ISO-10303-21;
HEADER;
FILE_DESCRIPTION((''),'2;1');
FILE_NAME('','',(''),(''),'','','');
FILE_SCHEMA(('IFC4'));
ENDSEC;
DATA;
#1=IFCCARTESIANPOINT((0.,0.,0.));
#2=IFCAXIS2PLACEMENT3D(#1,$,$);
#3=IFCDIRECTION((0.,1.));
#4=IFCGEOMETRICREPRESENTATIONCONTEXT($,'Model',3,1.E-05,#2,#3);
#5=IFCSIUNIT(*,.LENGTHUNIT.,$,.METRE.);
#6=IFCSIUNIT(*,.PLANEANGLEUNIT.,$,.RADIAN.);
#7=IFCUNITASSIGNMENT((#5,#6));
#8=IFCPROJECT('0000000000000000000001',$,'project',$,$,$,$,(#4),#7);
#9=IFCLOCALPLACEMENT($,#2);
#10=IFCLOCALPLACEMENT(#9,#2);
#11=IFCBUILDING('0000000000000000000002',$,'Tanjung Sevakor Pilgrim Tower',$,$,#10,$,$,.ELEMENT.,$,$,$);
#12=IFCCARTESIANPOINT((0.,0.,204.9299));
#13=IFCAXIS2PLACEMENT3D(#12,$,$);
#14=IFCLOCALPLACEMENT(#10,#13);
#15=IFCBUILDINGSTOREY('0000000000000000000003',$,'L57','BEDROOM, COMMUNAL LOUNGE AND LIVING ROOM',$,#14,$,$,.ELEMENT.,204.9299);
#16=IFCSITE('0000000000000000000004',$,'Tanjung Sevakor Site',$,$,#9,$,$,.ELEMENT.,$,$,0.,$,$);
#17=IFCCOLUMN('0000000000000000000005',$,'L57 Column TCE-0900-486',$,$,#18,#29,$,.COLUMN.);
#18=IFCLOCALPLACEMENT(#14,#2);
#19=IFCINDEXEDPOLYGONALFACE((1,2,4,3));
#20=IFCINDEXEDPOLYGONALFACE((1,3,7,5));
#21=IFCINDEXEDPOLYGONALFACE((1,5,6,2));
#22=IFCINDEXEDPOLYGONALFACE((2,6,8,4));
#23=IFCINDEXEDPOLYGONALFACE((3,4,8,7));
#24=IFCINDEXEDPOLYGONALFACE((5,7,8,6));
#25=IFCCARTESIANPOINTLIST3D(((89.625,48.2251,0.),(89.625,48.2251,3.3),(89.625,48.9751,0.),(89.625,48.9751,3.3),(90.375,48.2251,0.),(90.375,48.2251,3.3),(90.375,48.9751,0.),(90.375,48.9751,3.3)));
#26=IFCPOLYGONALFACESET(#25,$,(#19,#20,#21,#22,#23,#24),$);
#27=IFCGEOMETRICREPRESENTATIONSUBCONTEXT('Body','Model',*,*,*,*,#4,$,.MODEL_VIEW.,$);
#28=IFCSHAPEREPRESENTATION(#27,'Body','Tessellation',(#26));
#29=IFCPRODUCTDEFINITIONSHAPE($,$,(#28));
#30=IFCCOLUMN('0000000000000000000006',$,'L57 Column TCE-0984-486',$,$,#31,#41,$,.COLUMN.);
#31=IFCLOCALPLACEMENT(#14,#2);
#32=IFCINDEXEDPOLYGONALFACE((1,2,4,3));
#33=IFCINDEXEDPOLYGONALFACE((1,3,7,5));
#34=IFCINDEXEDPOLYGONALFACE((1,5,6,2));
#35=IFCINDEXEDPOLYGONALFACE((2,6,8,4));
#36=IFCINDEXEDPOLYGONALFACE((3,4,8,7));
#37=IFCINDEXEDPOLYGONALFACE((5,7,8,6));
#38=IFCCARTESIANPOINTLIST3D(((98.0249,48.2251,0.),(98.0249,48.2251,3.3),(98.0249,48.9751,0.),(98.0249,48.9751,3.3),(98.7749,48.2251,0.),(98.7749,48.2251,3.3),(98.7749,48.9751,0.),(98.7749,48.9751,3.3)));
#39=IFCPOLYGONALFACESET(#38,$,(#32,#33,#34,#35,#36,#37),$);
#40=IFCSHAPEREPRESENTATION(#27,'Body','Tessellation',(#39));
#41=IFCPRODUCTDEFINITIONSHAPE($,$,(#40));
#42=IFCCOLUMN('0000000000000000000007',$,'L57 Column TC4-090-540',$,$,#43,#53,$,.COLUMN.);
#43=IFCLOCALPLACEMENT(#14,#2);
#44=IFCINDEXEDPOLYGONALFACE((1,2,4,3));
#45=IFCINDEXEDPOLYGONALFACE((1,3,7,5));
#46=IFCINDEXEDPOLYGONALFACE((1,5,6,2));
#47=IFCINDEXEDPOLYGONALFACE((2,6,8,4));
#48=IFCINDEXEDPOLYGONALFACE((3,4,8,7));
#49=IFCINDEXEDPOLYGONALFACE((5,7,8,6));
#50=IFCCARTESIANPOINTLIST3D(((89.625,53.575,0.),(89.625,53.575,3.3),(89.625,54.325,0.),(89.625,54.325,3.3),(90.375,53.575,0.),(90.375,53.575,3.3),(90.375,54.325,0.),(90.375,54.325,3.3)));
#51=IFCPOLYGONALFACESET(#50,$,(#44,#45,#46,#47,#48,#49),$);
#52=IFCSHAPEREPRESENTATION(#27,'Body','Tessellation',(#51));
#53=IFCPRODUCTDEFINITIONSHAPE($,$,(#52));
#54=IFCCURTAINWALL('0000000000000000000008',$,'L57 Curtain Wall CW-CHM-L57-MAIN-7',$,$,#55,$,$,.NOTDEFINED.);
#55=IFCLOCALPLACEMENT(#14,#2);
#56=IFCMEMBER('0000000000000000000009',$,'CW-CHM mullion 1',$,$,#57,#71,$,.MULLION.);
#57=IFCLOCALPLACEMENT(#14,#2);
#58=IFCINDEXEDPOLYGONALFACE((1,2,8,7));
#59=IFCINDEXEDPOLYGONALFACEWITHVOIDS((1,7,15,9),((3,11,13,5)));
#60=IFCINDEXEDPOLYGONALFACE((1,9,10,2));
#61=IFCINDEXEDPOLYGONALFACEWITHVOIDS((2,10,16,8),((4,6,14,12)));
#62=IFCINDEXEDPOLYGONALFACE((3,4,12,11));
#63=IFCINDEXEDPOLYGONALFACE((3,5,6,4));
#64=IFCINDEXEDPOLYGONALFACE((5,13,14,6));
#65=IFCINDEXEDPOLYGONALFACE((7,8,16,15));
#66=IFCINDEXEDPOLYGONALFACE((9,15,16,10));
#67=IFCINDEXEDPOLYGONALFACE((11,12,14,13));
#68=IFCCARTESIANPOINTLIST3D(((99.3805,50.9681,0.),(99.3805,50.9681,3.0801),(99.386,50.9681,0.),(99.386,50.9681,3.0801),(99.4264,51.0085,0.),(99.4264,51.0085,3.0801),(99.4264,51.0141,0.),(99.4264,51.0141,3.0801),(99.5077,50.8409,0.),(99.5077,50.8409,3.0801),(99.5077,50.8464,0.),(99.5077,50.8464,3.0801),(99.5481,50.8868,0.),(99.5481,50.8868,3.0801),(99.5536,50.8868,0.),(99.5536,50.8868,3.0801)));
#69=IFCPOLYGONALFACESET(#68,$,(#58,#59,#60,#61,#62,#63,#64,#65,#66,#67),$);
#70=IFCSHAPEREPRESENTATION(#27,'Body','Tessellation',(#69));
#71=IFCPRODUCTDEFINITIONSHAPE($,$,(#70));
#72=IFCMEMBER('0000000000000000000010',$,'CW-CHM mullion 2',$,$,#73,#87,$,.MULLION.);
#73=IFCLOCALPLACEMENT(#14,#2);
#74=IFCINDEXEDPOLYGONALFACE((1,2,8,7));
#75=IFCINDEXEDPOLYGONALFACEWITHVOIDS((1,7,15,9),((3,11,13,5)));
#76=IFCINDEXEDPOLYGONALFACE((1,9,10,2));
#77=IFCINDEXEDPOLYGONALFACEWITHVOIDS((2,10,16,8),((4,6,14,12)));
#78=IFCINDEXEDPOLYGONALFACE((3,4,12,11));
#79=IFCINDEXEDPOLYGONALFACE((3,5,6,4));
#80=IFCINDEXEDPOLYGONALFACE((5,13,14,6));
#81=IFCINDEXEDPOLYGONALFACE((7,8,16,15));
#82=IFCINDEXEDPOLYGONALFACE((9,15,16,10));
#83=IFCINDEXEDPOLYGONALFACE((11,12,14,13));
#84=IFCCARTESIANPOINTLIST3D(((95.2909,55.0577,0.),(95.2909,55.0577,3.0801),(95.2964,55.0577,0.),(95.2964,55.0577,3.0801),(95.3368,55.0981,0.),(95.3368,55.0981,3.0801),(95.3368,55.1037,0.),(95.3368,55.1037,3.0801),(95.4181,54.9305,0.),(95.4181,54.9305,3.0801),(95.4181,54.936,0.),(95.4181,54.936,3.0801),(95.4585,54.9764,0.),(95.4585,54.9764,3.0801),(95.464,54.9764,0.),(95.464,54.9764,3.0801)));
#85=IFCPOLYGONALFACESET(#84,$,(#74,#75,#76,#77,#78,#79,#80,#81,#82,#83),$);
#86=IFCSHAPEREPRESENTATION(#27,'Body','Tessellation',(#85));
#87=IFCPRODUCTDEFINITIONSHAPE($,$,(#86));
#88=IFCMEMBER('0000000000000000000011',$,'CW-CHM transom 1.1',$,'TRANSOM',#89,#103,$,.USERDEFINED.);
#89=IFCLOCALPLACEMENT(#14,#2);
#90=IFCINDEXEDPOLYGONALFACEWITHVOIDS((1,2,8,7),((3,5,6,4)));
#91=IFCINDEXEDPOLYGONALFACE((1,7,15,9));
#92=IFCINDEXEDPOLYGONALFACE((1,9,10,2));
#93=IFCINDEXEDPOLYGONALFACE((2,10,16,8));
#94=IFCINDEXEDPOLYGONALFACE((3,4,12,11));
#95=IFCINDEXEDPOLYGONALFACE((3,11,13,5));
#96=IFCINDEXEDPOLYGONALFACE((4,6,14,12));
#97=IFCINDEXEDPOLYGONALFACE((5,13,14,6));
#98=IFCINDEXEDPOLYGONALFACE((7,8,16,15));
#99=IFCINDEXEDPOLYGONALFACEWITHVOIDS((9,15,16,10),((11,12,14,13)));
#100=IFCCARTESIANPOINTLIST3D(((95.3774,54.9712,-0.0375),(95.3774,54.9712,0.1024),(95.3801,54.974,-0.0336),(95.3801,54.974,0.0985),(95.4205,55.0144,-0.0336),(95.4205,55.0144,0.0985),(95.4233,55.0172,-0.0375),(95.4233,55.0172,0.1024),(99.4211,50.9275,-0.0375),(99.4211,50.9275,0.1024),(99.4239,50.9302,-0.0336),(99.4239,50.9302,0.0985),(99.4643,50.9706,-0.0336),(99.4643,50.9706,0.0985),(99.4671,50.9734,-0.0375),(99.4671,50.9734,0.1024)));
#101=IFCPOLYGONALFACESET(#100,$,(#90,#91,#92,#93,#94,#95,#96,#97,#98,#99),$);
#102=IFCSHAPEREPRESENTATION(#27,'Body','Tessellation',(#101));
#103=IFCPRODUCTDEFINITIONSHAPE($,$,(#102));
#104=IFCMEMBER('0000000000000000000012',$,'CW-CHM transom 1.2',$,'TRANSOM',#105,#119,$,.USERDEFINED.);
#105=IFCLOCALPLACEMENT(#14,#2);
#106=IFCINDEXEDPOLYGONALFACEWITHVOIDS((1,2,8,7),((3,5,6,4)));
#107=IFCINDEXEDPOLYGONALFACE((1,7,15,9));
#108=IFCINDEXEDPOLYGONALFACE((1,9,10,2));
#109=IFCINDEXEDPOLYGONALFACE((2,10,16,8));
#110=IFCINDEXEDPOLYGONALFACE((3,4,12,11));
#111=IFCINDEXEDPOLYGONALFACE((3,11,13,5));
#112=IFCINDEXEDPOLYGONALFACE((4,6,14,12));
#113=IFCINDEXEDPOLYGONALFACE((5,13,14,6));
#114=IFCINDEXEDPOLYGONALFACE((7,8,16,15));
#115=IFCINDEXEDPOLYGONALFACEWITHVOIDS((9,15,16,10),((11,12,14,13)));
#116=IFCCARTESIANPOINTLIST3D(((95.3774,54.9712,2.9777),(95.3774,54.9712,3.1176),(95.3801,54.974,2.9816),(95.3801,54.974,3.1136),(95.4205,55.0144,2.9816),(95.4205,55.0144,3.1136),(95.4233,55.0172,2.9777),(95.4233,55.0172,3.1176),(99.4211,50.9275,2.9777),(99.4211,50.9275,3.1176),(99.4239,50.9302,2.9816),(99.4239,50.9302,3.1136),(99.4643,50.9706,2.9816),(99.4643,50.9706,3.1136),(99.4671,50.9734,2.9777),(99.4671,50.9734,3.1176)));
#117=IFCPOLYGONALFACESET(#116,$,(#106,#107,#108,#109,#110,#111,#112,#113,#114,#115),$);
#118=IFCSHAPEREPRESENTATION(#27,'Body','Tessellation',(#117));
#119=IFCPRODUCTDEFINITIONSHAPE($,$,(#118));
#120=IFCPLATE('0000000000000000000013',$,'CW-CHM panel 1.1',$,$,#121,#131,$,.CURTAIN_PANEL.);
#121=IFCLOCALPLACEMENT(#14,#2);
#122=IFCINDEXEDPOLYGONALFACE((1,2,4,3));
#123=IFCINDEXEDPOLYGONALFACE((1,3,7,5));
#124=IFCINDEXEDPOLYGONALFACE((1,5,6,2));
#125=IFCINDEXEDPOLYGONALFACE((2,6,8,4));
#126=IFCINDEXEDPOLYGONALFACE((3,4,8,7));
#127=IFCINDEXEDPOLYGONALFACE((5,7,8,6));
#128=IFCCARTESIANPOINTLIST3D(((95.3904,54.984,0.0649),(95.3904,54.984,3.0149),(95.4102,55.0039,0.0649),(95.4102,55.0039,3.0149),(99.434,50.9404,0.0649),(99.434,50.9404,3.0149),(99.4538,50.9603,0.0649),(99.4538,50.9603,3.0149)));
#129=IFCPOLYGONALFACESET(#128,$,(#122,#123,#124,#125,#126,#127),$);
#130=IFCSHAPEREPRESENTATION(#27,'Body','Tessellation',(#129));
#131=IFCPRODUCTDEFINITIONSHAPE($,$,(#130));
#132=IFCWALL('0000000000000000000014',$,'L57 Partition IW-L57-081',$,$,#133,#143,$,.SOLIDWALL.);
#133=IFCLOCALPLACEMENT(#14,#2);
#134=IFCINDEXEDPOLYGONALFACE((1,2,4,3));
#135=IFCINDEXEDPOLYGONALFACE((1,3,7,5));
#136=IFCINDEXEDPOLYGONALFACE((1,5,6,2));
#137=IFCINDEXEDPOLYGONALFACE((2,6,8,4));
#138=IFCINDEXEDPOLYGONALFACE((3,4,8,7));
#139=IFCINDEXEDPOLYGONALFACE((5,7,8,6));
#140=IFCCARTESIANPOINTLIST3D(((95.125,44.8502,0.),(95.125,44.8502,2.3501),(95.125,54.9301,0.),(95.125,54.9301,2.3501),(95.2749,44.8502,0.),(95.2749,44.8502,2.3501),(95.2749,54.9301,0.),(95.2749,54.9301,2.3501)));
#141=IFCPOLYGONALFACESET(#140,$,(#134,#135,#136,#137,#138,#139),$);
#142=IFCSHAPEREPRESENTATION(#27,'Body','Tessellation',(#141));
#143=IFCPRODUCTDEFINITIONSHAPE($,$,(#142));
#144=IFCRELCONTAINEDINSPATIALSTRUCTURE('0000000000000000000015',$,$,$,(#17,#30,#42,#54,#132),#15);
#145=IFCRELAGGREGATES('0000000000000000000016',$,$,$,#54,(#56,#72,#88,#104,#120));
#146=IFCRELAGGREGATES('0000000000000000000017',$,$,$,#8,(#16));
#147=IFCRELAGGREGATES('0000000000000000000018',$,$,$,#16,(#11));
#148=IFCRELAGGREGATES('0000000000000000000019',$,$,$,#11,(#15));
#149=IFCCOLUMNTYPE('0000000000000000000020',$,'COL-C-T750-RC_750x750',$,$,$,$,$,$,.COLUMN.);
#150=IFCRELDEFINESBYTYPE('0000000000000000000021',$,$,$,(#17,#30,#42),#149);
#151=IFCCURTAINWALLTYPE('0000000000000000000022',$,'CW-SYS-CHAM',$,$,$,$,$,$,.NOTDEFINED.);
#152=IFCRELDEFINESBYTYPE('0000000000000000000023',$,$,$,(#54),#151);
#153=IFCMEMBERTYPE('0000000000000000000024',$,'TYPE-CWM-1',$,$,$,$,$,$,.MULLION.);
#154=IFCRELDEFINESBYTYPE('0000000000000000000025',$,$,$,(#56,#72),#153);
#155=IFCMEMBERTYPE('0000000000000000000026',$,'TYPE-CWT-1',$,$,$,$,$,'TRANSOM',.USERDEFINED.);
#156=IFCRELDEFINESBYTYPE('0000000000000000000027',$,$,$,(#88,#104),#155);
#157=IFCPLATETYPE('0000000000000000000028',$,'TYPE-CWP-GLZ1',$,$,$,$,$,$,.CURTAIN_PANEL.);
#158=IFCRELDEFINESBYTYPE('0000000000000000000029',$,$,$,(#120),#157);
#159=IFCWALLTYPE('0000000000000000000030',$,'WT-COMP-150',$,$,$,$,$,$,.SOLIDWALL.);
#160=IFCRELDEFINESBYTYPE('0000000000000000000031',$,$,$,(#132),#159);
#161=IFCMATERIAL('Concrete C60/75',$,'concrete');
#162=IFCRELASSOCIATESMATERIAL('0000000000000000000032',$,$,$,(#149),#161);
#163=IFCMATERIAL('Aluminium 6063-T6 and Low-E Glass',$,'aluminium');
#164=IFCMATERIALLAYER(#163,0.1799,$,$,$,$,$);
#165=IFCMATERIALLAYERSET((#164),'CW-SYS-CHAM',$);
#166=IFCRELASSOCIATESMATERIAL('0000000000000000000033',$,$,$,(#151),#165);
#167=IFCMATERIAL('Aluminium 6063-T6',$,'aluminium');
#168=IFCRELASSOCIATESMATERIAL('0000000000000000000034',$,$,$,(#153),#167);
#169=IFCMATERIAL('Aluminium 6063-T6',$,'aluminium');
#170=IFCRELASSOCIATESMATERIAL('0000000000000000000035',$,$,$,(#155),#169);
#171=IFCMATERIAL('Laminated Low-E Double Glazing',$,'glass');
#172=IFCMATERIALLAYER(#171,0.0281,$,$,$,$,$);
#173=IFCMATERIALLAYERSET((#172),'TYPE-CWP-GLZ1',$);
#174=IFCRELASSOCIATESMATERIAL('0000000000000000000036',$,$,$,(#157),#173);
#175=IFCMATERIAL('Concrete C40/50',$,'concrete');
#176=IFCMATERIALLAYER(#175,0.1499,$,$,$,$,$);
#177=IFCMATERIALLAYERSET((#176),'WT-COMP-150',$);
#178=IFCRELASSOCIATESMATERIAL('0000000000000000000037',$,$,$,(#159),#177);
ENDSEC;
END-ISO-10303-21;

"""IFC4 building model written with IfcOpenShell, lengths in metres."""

from ifc_helpers import new_model, si_unit, direction, frame, frame_2d, origin, origin_2d, place, context, subcontext, project, spatial, rectangle, hollow_rectangle, extrude, material, layer, layer_set, material_profile, profile_set, type_object, element, aggregate, save


model = new_model("IFC4")

# Units and contexts
model_context = context("Model", 3, precision=1e-05, world=origin(), true_north=direction((0.0, 1.0)))
body_context = subcontext(model_context, "Body", "Model", "MODEL_VIEW")
ifc_project = project(units=[si_unit("LENGTHUNIT", "METRE"), si_unit("PLANEANGLEUNIT", "RADIAN")], contexts=[model_context])

# Site, building, storey
site_placement = place(None, origin())
site = spatial("IfcSite", under=ifc_project, at=site_placement, Name="Tanjung Sevakor Site", CompositionType="ELEMENT", RefElevation=0.0)
building_placement = place(site_placement, origin())
building = spatial("IfcBuilding", under=site, at=building_placement, Name="Tanjung Sevakor Pilgrim Tower", CompositionType="ELEMENT")
storey_placement = place(building_placement, frame((0.0, 0.0, 204.9299)))
storey = spatial("IfcBuildingStorey", under=building, at=storey_placement, Name="L57", Description="BEDROOM, COMMUNAL LOUNGE AND LIVING ROOM", CompositionType="ELEMENT", Elevation=204.9299)

# Columns
ifc_material_1 = material(Name="Concrete C60/75", Category="concrete")
ifc_material_profile_1 = material_profile(ifc_material_1, rectangle(XDim=0.75, YDim=0.75, at=origin_2d()))
ifc_profile_set_1 = profile_set([ifc_material_profile_1], Name="Concrete C60/75")
column_type = type_object("IfcColumnType", Name="COL-C-T750-RC_750x750", PredefinedType="COLUMN", material=ifc_profile_set_1)
for number, where, z_axis, x_axis, name in (
    (1, (90.0, 48.6001, 0.0), (0.0, 0.0, 1.0), (1.0, 0.0, 0.0), "L57 Column TCE-0900-486"),
    (2, (98.3999, 48.6001, 0.0), (0.0, 0.0, 1.0), (1.0, 0.0, 0.0), "L57 Column TCE-0984-486"),
    (3, (90.0, 53.95, 0.0), (0.0, 0.0, 1.0), (1.0, 0.0, 0.0), "L57 Column TC4-090-540"),
):
    element("IfcColumn", number, at=place(storey_placement, frame(where, z_axis=z_axis, x_axis=x_axis)), inside=storey, type_object=column_type, Name=name, PredefinedType="COLUMN", context=body_context, shape_type="SweptSolid", body=[
        extrude(rectangle(XDim=0.75, YDim=0.75, at=origin_2d()), origin(), (0.0, 0.0, 1.0), 3.3),
    ])

# Curtain wall, members, plate
ifc_material_2 = material(Name="Aluminium 6063-T6 and Low-E Glass", Category="aluminium")
ifc_layer_1 = layer(ifc_material_2, 0.1799)
ifc_layer_set_1 = layer_set([ifc_layer_1], Name="CW-SYS-CHAM")
curtain_wall_type = type_object("IfcCurtainWallType", Name="CW-SYS-CHAM", PredefinedType="NOTDEFINED", material=ifc_layer_set_1)
curtain_wall_placement = place(storey_placement, origin())
curtain_wall = element("IfcCurtainWall", 4, at=curtain_wall_placement, inside=storey, type_object=curtain_wall_type, Name="L57 Curtain Wall CW-CHM-L57-MAIN-7", PredefinedType="NOTDEFINED")
ifc_material_3 = material(Name="Aluminium 6063-T6", Category="aluminium")
ifc_material_profile_2 = material_profile(ifc_material_3, hollow_rectangle(XDim=0.0649, YDim=0.1799, WallThickness=0.0039, at=origin_2d()))
ifc_profile_set_2 = profile_set([ifc_material_profile_2], Name="Aluminium 6063-T6")
member_type_1 = type_object("IfcMemberType", Name="TYPE-CWM-1", PredefinedType="MULLION", material=ifc_profile_set_2)
member_1_placement = place(storey_placement, frame((99.467, 50.9275, 0.0), z_axis=(0.0, 0.0, 1.0), x_axis=(-0.707107, -0.707107, 0.0)))
member_1 = element("IfcMember", 5, at=member_1_placement, type_object=member_type_1, Name="CW-CHM mullion 1", PredefinedType="MULLION", context=body_context, shape_type="SweptSolid", body=[
    extrude(hollow_rectangle(XDim=0.0649, YDim=0.1799, WallThickness=0.0039, at=origin_2d()), origin(), (0.0, 0.0, 1.0), 3.0801),
])
member_2_placement = place(storey_placement, frame((95.3774, 55.0171, 0.0), z_axis=(0.0, 0.0, 1.0), x_axis=(-0.707107, -0.707107, 0.0)))
member_2 = element("IfcMember", 6, at=member_2_placement, type_object=member_type_1, Name="CW-CHM mullion 2", PredefinedType="MULLION", context=body_context, shape_type="SweptSolid", body=[
    extrude(hollow_rectangle(XDim=0.0649, YDim=0.1799, WallThickness=0.0039, at=origin_2d()), origin(), (0.0, 0.0, 1.0), 3.0801),
])
ifc_material_4 = material(Name="Aluminium 6063-T6", Category="aluminium")
ifc_material_profile_3 = material_profile(ifc_material_4, hollow_rectangle(XDim=0.0649, YDim=0.1399, WallThickness=0.0039, at=origin_2d()))
ifc_profile_set_3 = profile_set([ifc_material_profile_3], Name="Aluminium 6063-T6")
member_type_2 = type_object("IfcMemberType", Name="TYPE-CWT-1", ElementType="TRANSOM", PredefinedType="USERDEFINED", material=ifc_profile_set_3)
member_3_placement = place(storey_placement, frame((99.4441, 50.9504, 0.0325), z_axis=(-0.707107, 0.707107, 0.0), x_axis=(-0.707107, -0.707107, 0.0)))
member_3 = element("IfcMember", 7, at=member_3_placement, type_object=member_type_2, Name="CW-CHM transom 1.1", ObjectType="TRANSOM", PredefinedType="USERDEFINED", context=body_context, shape_type="SweptSolid", body=[
    extrude(hollow_rectangle(XDim=0.0649, YDim=0.1399, WallThickness=0.0039, at=origin_2d()), origin(), (0.0, 0.0, 1.0), 5.7188),
])
member_4_placement = place(storey_placement, frame((99.4441, 50.9504, 3.0476), z_axis=(-0.707107, 0.707107, 0.0), x_axis=(-0.707107, -0.707107, 0.0)))
member_4 = element("IfcMember", 8, at=member_4_placement, type_object=member_type_2, Name="CW-CHM transom 1.2", ObjectType="TRANSOM", PredefinedType="USERDEFINED", context=body_context, shape_type="SweptSolid", body=[
    extrude(hollow_rectangle(XDim=0.0649, YDim=0.1399, WallThickness=0.0039, at=origin_2d()), origin(), (0.0, 0.0, 1.0), 5.7188),
])
ifc_material_5 = material(Name="Laminated Low-E Double Glazing", Category="glass")
ifc_layer_2 = layer(ifc_material_5, 0.0281)
ifc_layer_set_2 = layer_set([ifc_layer_2], Name="TYPE-CWP-GLZ1")
plate_type = type_object("IfcPlateType", Name="TYPE-CWP-GLZ1", PredefinedType="CURTAIN_PANEL", material=ifc_layer_set_2)
plate_placement = place(storey_placement, frame((97.4221, 52.9722, 0.0649), z_axis=(0.0, 0.0, 1.0), x_axis=(-0.707107, 0.707107, 0.0)))
plate = element("IfcPlate", 9, at=plate_placement, type_object=plate_type, Name="CW-CHM panel 1.1", PredefinedType="CURTAIN_PANEL", context=body_context, shape_type="SweptSolid", body=[
    extrude(rectangle(XDim=5.7185, YDim=0.0281, at=origin_2d()), origin(), (0.0, 0.0, 1.0), 2.95),
])
aggregate(curtain_wall, [member_1, member_2, member_3, member_4, plate])

# Wall
ifc_material_6 = material(Name="Concrete C40/50", Category="concrete")
ifc_layer_3 = layer(ifc_material_6, 0.1499)
ifc_layer_set_3 = layer_set([ifc_layer_3], Name="WT-COMP-150")
wall_type_1 = type_object("IfcWallType", Name="WT-COMP-150", PredefinedType="SOLIDWALL", material=ifc_layer_set_3)
wall_1_placement = place(storey_placement, frame((95.2, 44.8501, 0.0), z_axis=(0.0, 0.0, 1.0), x_axis=(0.0, 1.0, 0.0)))
element("IfcWall", 10, at=wall_1_placement, inside=storey, type_object=wall_type_1, Name="L57 Partition IW-L57-081", PredefinedType="SOLIDWALL", context=body_context, shape_type="SweptSolid", body=[
    extrude(rectangle(XDim=10.0798, YDim=0.1499, at=frame_2d((5.04, 0.0))), origin(), (0.0, 0.0, 1.0), 2.3501),
])

save(model, "model.ifc")
